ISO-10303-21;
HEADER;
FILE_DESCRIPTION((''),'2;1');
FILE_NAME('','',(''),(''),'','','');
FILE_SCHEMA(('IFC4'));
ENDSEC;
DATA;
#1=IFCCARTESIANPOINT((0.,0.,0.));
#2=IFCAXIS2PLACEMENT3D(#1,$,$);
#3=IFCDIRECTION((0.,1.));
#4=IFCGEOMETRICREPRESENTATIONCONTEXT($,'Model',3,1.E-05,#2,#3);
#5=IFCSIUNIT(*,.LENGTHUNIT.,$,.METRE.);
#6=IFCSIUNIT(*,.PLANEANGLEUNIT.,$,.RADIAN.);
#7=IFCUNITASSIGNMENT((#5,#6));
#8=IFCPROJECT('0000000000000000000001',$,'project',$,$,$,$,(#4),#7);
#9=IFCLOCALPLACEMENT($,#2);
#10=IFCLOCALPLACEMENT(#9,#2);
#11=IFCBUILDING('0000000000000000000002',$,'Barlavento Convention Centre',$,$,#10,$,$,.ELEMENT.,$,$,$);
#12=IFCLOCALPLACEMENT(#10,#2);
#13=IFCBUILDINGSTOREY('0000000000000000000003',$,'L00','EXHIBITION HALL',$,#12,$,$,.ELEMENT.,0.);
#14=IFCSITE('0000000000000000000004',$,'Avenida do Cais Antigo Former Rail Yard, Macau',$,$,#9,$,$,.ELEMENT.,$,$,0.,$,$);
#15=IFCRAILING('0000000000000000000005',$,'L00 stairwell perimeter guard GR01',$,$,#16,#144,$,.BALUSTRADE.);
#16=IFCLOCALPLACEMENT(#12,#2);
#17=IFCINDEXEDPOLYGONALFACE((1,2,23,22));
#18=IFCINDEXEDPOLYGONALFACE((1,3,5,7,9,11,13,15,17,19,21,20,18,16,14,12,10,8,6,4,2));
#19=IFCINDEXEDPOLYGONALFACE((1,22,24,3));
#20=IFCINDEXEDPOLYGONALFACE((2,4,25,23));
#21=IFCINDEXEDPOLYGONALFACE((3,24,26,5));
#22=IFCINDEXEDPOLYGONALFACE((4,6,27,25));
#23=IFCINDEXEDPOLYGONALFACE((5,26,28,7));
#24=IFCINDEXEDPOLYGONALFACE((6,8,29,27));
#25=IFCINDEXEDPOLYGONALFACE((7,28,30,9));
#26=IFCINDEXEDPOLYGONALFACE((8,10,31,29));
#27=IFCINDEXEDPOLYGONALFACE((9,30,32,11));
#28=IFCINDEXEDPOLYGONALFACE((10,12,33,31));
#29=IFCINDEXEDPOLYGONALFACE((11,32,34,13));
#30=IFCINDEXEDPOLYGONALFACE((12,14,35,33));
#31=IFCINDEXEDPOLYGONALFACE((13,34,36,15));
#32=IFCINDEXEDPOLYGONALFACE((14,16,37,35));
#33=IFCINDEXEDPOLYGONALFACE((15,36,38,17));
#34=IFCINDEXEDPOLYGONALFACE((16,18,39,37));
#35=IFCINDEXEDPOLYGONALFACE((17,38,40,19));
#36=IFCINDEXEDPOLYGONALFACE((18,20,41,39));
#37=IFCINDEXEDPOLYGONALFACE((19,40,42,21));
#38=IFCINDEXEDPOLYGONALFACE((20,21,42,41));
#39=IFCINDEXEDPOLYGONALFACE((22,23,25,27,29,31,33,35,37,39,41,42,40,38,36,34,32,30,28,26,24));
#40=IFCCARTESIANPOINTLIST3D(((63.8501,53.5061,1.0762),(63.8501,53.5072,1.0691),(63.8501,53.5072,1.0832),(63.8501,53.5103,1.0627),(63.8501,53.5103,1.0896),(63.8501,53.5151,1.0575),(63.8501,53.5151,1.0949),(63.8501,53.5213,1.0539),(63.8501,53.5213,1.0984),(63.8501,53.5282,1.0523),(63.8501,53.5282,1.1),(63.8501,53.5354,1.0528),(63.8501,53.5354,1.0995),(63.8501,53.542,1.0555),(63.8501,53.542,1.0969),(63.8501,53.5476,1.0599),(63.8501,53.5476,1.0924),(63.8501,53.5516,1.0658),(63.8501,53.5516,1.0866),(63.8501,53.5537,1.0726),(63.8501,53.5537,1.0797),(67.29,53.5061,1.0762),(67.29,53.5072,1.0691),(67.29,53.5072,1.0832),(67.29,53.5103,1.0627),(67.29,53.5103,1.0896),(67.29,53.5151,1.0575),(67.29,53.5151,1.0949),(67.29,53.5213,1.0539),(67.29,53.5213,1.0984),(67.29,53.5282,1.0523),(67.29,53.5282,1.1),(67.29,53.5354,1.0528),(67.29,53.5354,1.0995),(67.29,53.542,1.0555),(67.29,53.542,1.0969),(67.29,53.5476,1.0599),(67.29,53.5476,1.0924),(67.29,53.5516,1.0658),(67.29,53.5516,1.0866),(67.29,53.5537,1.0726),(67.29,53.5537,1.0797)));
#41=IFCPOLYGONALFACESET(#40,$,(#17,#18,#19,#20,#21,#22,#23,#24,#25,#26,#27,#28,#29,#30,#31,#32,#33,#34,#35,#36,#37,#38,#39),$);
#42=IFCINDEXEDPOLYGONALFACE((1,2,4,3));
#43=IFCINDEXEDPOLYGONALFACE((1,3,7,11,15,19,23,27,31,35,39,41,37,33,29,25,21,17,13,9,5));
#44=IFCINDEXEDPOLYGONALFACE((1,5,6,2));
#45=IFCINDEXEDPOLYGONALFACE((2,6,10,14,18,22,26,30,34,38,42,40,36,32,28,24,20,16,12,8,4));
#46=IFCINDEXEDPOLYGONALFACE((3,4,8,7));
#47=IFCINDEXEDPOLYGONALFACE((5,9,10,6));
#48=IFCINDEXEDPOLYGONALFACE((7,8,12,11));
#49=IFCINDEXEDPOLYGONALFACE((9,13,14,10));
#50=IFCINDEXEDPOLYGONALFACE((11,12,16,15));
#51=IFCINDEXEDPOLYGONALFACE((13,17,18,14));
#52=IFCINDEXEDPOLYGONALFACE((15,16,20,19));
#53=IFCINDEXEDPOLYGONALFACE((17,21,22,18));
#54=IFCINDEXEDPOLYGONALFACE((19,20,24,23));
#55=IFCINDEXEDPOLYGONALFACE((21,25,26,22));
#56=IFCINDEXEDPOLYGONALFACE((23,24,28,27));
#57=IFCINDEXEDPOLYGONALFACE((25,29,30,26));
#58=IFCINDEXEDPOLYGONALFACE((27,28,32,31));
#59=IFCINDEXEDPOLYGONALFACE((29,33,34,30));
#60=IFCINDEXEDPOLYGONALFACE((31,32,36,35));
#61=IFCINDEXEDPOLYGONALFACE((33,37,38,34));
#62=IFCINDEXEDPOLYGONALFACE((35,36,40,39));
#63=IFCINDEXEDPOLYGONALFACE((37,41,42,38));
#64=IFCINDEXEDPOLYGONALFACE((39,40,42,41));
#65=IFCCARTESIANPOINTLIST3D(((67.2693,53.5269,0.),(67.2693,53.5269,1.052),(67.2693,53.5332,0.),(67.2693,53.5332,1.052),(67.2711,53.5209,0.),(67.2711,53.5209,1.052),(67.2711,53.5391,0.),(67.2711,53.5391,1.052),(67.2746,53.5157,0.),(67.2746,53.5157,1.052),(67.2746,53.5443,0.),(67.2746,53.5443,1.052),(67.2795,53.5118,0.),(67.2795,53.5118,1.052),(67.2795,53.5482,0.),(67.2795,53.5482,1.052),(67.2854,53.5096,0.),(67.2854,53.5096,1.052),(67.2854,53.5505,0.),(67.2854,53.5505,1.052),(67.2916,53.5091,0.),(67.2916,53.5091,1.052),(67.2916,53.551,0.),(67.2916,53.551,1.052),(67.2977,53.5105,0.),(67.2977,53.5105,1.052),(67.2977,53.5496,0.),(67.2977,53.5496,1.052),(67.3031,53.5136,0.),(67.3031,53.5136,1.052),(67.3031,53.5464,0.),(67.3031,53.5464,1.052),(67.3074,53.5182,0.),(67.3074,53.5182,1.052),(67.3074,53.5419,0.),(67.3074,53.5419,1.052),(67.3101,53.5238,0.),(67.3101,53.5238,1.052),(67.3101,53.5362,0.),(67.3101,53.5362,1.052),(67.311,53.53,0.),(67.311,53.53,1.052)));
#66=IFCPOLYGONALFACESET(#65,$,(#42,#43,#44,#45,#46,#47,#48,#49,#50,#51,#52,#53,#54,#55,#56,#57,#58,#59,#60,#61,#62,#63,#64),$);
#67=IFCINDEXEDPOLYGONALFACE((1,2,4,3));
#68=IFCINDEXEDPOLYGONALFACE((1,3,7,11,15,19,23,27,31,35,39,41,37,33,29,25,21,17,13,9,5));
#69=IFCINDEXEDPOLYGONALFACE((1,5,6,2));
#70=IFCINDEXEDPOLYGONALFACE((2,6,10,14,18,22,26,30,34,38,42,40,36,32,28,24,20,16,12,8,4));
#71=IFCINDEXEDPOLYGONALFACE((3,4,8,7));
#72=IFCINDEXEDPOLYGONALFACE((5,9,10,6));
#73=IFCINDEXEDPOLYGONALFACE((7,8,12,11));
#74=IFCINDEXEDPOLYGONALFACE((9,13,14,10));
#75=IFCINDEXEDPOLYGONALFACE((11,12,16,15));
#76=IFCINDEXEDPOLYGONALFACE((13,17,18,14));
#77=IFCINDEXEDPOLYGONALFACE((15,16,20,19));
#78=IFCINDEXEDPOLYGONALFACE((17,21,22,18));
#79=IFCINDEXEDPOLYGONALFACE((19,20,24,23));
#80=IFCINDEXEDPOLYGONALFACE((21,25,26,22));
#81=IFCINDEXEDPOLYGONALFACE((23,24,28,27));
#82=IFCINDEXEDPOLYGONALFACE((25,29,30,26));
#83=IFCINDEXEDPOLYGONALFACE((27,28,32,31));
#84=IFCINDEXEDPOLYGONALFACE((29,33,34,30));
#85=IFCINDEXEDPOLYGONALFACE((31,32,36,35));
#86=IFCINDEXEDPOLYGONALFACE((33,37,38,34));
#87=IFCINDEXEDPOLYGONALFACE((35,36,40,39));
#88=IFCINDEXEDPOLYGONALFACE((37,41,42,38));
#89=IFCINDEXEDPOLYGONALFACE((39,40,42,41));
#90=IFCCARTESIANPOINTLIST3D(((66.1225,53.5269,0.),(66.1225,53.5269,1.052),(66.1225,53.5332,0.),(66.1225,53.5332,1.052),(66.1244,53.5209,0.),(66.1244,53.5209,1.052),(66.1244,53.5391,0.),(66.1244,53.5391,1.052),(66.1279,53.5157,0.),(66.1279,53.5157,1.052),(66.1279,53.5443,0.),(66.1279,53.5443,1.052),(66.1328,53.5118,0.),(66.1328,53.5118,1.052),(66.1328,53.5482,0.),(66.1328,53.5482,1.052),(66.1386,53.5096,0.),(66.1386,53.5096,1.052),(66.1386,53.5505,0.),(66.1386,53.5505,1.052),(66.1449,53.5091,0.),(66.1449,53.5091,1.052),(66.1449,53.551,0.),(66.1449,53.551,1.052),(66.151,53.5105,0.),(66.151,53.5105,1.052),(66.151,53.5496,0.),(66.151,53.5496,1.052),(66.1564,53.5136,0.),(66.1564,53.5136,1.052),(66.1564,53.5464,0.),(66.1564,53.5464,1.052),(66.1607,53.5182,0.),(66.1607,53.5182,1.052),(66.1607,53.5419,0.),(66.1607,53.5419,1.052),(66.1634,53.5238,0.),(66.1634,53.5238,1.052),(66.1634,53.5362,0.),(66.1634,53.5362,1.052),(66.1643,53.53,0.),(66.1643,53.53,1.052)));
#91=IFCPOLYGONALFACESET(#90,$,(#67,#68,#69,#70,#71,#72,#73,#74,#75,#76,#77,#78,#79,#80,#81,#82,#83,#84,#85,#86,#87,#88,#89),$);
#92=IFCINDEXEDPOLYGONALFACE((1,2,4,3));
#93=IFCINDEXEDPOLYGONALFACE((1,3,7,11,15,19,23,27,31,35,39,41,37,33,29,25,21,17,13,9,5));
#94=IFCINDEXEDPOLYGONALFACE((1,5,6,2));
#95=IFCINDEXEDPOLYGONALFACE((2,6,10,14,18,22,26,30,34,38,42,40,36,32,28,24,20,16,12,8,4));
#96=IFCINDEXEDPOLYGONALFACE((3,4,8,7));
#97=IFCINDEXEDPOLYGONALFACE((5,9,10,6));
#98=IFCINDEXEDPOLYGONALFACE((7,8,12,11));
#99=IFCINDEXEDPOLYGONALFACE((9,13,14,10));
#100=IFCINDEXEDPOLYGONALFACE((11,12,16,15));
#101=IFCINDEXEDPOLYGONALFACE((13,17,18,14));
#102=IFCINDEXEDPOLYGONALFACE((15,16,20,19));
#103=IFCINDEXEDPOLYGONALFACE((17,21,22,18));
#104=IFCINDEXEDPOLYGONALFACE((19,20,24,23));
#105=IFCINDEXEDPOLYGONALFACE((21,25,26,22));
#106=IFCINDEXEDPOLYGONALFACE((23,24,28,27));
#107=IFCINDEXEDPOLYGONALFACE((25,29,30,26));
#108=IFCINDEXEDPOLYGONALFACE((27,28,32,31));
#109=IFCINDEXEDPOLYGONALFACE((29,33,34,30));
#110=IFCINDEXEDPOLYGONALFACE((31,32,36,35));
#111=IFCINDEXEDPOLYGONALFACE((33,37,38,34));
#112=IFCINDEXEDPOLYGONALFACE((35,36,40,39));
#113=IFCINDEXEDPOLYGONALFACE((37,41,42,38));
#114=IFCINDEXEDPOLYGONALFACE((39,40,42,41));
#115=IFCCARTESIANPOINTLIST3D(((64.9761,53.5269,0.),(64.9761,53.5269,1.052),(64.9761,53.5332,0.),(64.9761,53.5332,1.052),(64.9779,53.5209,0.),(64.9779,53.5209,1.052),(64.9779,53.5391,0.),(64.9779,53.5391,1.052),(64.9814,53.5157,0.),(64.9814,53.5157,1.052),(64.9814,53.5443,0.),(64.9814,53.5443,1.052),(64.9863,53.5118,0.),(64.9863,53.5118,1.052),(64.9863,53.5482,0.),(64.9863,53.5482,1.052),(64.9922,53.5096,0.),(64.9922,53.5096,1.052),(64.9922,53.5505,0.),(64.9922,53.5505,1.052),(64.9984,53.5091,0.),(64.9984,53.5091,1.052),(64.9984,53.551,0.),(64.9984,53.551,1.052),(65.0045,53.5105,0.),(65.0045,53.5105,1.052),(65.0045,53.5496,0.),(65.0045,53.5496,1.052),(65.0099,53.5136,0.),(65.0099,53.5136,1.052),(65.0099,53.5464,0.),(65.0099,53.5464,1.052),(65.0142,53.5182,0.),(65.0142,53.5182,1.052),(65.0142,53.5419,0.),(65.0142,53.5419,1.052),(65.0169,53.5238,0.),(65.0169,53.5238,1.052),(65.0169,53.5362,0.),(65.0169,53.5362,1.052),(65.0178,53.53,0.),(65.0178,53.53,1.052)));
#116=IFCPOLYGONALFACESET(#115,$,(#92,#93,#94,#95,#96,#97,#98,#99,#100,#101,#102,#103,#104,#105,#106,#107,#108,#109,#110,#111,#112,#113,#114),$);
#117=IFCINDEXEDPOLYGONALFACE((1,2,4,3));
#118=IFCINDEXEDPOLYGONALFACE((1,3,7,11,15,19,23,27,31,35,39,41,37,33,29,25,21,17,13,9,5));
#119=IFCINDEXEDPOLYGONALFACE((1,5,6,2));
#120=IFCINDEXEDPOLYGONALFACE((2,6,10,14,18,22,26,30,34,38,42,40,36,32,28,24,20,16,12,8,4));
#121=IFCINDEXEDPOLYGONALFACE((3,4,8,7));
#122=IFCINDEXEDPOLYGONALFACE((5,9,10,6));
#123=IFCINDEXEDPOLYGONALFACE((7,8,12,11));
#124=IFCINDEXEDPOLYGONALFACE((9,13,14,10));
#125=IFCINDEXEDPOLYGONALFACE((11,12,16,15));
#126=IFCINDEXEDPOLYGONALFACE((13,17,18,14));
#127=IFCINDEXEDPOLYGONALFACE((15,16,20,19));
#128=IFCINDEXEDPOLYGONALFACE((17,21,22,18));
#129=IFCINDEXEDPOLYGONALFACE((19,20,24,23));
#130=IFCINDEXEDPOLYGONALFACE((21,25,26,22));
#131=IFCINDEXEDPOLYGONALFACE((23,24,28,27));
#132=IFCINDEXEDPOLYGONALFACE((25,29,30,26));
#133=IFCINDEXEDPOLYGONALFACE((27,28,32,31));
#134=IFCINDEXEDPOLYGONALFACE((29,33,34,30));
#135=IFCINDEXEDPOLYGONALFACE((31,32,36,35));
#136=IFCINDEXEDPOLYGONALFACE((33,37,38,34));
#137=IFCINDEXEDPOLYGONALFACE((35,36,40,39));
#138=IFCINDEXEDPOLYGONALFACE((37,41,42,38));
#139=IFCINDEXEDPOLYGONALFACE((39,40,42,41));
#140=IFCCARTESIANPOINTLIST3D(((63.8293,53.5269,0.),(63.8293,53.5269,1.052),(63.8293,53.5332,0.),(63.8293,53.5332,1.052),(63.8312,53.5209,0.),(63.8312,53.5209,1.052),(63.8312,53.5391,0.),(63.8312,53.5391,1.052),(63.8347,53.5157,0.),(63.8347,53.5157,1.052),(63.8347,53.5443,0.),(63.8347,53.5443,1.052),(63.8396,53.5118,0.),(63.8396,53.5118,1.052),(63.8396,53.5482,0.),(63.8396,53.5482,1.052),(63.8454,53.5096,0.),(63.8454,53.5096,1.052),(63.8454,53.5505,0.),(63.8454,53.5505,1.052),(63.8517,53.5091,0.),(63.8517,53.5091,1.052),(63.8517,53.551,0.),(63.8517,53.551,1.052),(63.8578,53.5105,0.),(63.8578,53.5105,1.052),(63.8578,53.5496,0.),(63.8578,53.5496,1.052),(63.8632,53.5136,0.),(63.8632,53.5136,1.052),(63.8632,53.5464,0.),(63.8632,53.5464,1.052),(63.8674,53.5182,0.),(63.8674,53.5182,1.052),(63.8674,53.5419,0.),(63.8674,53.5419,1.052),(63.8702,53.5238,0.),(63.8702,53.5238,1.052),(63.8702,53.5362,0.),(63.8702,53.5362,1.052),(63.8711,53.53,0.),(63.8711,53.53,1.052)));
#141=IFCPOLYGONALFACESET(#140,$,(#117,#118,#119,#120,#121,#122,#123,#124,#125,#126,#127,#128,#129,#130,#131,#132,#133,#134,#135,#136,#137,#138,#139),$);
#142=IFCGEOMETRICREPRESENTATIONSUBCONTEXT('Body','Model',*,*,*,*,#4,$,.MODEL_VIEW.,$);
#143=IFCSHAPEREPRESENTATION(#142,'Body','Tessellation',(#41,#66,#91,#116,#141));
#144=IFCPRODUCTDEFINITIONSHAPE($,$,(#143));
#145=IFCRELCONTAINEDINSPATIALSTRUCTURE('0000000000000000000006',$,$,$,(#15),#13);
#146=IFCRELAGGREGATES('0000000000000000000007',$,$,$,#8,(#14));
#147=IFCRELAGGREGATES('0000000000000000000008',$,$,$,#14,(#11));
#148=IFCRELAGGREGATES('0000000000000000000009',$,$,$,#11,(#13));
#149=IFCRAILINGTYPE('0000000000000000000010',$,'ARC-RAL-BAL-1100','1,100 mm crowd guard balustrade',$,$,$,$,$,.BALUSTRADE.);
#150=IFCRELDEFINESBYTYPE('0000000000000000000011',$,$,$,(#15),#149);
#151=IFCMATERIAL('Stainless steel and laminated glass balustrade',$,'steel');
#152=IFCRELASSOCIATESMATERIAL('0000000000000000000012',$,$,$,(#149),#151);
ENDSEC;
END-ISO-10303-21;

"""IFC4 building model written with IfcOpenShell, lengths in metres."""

from ifc_helpers import new_model, si_unit, direction, frame, origin, origin_2d, place, context, subcontext, project, spatial, circle, extrude, material, type_object, element, save


model = new_model("IFC4")

# Units and contexts
model_context = context("Model", 3, precision=1e-05, world=origin(), true_north=direction((0.0, 1.0)))
body_context = subcontext(model_context, "Body", "Model", "MODEL_VIEW")
ifc_project = project(units=[si_unit("LENGTHUNIT", "METRE"), si_unit("PLANEANGLEUNIT", "RADIAN")], contexts=[model_context])

# Site, building, storey
site_placement = place(None, origin())
site = spatial("IfcSite", under=ifc_project, at=site_placement, Name="Avenida do Cais Antigo Former Rail Yard, Macau", CompositionType="ELEMENT", RefElevation=0.0)
building_placement = place(site_placement, origin())
building = spatial("IfcBuilding", under=site, at=building_placement, Name="Barlavento Convention Centre", CompositionType="ELEMENT")
storey_placement = place(building_placement, origin())
storey = spatial("IfcBuildingStorey", under=building, at=storey_placement, Name="L00", Description="EXHIBITION HALL", CompositionType="ELEMENT", Elevation=0.0)

# Railing
ifc_material_1 = material(Name="Stainless steel and laminated glass balustrade", Category="steel")
railing_type = type_object("IfcRailingType", Name="ARC-RAL-BAL-1100", Description="1,100 mm crowd guard balustrade", PredefinedType="BALUSTRADE", material=ifc_material_1)
for number, where, name in (
    (1, (67.29, 53.53, 0.0), "L00 stairwell perimeter guard GR01"),
):
    element("IfcRailing", number, at=place(storey_placement, frame(where)), inside=storey, type_object=railing_type, Name=name, PredefinedType="BALUSTRADE", context=body_context, shape_type="SweptSolid", body=[
        extrude(circle(Radius=0.0239, at=origin_2d()), frame((0.0, 0.0, 1.0762), z_axis=(-1.0, 0.0, 0.0), x_axis=(0.0, -1.0, 0.0)), (0.0, 0.0, 1.0), 3.4399),
        extrude(circle(Radius=0.021, at=origin_2d()), origin(), (0.0, 0.0, 1.0), 1.052),
        extrude(circle(Radius=0.021, at=origin_2d()), frame((-1.1467, 0.0, 0.0)), (0.0, 0.0, 1.0), 1.052),
        extrude(circle(Radius=0.021, at=origin_2d()), frame((-2.2932, 0.0, 0.0)), (0.0, 0.0, 1.0), 1.052),
        extrude(circle(Radius=0.021, at=origin_2d()), frame((-3.4399, 0.0, 0.0)), (0.0, 0.0, 1.0), 1.052),
    ])

save(model, "model.ifc")
